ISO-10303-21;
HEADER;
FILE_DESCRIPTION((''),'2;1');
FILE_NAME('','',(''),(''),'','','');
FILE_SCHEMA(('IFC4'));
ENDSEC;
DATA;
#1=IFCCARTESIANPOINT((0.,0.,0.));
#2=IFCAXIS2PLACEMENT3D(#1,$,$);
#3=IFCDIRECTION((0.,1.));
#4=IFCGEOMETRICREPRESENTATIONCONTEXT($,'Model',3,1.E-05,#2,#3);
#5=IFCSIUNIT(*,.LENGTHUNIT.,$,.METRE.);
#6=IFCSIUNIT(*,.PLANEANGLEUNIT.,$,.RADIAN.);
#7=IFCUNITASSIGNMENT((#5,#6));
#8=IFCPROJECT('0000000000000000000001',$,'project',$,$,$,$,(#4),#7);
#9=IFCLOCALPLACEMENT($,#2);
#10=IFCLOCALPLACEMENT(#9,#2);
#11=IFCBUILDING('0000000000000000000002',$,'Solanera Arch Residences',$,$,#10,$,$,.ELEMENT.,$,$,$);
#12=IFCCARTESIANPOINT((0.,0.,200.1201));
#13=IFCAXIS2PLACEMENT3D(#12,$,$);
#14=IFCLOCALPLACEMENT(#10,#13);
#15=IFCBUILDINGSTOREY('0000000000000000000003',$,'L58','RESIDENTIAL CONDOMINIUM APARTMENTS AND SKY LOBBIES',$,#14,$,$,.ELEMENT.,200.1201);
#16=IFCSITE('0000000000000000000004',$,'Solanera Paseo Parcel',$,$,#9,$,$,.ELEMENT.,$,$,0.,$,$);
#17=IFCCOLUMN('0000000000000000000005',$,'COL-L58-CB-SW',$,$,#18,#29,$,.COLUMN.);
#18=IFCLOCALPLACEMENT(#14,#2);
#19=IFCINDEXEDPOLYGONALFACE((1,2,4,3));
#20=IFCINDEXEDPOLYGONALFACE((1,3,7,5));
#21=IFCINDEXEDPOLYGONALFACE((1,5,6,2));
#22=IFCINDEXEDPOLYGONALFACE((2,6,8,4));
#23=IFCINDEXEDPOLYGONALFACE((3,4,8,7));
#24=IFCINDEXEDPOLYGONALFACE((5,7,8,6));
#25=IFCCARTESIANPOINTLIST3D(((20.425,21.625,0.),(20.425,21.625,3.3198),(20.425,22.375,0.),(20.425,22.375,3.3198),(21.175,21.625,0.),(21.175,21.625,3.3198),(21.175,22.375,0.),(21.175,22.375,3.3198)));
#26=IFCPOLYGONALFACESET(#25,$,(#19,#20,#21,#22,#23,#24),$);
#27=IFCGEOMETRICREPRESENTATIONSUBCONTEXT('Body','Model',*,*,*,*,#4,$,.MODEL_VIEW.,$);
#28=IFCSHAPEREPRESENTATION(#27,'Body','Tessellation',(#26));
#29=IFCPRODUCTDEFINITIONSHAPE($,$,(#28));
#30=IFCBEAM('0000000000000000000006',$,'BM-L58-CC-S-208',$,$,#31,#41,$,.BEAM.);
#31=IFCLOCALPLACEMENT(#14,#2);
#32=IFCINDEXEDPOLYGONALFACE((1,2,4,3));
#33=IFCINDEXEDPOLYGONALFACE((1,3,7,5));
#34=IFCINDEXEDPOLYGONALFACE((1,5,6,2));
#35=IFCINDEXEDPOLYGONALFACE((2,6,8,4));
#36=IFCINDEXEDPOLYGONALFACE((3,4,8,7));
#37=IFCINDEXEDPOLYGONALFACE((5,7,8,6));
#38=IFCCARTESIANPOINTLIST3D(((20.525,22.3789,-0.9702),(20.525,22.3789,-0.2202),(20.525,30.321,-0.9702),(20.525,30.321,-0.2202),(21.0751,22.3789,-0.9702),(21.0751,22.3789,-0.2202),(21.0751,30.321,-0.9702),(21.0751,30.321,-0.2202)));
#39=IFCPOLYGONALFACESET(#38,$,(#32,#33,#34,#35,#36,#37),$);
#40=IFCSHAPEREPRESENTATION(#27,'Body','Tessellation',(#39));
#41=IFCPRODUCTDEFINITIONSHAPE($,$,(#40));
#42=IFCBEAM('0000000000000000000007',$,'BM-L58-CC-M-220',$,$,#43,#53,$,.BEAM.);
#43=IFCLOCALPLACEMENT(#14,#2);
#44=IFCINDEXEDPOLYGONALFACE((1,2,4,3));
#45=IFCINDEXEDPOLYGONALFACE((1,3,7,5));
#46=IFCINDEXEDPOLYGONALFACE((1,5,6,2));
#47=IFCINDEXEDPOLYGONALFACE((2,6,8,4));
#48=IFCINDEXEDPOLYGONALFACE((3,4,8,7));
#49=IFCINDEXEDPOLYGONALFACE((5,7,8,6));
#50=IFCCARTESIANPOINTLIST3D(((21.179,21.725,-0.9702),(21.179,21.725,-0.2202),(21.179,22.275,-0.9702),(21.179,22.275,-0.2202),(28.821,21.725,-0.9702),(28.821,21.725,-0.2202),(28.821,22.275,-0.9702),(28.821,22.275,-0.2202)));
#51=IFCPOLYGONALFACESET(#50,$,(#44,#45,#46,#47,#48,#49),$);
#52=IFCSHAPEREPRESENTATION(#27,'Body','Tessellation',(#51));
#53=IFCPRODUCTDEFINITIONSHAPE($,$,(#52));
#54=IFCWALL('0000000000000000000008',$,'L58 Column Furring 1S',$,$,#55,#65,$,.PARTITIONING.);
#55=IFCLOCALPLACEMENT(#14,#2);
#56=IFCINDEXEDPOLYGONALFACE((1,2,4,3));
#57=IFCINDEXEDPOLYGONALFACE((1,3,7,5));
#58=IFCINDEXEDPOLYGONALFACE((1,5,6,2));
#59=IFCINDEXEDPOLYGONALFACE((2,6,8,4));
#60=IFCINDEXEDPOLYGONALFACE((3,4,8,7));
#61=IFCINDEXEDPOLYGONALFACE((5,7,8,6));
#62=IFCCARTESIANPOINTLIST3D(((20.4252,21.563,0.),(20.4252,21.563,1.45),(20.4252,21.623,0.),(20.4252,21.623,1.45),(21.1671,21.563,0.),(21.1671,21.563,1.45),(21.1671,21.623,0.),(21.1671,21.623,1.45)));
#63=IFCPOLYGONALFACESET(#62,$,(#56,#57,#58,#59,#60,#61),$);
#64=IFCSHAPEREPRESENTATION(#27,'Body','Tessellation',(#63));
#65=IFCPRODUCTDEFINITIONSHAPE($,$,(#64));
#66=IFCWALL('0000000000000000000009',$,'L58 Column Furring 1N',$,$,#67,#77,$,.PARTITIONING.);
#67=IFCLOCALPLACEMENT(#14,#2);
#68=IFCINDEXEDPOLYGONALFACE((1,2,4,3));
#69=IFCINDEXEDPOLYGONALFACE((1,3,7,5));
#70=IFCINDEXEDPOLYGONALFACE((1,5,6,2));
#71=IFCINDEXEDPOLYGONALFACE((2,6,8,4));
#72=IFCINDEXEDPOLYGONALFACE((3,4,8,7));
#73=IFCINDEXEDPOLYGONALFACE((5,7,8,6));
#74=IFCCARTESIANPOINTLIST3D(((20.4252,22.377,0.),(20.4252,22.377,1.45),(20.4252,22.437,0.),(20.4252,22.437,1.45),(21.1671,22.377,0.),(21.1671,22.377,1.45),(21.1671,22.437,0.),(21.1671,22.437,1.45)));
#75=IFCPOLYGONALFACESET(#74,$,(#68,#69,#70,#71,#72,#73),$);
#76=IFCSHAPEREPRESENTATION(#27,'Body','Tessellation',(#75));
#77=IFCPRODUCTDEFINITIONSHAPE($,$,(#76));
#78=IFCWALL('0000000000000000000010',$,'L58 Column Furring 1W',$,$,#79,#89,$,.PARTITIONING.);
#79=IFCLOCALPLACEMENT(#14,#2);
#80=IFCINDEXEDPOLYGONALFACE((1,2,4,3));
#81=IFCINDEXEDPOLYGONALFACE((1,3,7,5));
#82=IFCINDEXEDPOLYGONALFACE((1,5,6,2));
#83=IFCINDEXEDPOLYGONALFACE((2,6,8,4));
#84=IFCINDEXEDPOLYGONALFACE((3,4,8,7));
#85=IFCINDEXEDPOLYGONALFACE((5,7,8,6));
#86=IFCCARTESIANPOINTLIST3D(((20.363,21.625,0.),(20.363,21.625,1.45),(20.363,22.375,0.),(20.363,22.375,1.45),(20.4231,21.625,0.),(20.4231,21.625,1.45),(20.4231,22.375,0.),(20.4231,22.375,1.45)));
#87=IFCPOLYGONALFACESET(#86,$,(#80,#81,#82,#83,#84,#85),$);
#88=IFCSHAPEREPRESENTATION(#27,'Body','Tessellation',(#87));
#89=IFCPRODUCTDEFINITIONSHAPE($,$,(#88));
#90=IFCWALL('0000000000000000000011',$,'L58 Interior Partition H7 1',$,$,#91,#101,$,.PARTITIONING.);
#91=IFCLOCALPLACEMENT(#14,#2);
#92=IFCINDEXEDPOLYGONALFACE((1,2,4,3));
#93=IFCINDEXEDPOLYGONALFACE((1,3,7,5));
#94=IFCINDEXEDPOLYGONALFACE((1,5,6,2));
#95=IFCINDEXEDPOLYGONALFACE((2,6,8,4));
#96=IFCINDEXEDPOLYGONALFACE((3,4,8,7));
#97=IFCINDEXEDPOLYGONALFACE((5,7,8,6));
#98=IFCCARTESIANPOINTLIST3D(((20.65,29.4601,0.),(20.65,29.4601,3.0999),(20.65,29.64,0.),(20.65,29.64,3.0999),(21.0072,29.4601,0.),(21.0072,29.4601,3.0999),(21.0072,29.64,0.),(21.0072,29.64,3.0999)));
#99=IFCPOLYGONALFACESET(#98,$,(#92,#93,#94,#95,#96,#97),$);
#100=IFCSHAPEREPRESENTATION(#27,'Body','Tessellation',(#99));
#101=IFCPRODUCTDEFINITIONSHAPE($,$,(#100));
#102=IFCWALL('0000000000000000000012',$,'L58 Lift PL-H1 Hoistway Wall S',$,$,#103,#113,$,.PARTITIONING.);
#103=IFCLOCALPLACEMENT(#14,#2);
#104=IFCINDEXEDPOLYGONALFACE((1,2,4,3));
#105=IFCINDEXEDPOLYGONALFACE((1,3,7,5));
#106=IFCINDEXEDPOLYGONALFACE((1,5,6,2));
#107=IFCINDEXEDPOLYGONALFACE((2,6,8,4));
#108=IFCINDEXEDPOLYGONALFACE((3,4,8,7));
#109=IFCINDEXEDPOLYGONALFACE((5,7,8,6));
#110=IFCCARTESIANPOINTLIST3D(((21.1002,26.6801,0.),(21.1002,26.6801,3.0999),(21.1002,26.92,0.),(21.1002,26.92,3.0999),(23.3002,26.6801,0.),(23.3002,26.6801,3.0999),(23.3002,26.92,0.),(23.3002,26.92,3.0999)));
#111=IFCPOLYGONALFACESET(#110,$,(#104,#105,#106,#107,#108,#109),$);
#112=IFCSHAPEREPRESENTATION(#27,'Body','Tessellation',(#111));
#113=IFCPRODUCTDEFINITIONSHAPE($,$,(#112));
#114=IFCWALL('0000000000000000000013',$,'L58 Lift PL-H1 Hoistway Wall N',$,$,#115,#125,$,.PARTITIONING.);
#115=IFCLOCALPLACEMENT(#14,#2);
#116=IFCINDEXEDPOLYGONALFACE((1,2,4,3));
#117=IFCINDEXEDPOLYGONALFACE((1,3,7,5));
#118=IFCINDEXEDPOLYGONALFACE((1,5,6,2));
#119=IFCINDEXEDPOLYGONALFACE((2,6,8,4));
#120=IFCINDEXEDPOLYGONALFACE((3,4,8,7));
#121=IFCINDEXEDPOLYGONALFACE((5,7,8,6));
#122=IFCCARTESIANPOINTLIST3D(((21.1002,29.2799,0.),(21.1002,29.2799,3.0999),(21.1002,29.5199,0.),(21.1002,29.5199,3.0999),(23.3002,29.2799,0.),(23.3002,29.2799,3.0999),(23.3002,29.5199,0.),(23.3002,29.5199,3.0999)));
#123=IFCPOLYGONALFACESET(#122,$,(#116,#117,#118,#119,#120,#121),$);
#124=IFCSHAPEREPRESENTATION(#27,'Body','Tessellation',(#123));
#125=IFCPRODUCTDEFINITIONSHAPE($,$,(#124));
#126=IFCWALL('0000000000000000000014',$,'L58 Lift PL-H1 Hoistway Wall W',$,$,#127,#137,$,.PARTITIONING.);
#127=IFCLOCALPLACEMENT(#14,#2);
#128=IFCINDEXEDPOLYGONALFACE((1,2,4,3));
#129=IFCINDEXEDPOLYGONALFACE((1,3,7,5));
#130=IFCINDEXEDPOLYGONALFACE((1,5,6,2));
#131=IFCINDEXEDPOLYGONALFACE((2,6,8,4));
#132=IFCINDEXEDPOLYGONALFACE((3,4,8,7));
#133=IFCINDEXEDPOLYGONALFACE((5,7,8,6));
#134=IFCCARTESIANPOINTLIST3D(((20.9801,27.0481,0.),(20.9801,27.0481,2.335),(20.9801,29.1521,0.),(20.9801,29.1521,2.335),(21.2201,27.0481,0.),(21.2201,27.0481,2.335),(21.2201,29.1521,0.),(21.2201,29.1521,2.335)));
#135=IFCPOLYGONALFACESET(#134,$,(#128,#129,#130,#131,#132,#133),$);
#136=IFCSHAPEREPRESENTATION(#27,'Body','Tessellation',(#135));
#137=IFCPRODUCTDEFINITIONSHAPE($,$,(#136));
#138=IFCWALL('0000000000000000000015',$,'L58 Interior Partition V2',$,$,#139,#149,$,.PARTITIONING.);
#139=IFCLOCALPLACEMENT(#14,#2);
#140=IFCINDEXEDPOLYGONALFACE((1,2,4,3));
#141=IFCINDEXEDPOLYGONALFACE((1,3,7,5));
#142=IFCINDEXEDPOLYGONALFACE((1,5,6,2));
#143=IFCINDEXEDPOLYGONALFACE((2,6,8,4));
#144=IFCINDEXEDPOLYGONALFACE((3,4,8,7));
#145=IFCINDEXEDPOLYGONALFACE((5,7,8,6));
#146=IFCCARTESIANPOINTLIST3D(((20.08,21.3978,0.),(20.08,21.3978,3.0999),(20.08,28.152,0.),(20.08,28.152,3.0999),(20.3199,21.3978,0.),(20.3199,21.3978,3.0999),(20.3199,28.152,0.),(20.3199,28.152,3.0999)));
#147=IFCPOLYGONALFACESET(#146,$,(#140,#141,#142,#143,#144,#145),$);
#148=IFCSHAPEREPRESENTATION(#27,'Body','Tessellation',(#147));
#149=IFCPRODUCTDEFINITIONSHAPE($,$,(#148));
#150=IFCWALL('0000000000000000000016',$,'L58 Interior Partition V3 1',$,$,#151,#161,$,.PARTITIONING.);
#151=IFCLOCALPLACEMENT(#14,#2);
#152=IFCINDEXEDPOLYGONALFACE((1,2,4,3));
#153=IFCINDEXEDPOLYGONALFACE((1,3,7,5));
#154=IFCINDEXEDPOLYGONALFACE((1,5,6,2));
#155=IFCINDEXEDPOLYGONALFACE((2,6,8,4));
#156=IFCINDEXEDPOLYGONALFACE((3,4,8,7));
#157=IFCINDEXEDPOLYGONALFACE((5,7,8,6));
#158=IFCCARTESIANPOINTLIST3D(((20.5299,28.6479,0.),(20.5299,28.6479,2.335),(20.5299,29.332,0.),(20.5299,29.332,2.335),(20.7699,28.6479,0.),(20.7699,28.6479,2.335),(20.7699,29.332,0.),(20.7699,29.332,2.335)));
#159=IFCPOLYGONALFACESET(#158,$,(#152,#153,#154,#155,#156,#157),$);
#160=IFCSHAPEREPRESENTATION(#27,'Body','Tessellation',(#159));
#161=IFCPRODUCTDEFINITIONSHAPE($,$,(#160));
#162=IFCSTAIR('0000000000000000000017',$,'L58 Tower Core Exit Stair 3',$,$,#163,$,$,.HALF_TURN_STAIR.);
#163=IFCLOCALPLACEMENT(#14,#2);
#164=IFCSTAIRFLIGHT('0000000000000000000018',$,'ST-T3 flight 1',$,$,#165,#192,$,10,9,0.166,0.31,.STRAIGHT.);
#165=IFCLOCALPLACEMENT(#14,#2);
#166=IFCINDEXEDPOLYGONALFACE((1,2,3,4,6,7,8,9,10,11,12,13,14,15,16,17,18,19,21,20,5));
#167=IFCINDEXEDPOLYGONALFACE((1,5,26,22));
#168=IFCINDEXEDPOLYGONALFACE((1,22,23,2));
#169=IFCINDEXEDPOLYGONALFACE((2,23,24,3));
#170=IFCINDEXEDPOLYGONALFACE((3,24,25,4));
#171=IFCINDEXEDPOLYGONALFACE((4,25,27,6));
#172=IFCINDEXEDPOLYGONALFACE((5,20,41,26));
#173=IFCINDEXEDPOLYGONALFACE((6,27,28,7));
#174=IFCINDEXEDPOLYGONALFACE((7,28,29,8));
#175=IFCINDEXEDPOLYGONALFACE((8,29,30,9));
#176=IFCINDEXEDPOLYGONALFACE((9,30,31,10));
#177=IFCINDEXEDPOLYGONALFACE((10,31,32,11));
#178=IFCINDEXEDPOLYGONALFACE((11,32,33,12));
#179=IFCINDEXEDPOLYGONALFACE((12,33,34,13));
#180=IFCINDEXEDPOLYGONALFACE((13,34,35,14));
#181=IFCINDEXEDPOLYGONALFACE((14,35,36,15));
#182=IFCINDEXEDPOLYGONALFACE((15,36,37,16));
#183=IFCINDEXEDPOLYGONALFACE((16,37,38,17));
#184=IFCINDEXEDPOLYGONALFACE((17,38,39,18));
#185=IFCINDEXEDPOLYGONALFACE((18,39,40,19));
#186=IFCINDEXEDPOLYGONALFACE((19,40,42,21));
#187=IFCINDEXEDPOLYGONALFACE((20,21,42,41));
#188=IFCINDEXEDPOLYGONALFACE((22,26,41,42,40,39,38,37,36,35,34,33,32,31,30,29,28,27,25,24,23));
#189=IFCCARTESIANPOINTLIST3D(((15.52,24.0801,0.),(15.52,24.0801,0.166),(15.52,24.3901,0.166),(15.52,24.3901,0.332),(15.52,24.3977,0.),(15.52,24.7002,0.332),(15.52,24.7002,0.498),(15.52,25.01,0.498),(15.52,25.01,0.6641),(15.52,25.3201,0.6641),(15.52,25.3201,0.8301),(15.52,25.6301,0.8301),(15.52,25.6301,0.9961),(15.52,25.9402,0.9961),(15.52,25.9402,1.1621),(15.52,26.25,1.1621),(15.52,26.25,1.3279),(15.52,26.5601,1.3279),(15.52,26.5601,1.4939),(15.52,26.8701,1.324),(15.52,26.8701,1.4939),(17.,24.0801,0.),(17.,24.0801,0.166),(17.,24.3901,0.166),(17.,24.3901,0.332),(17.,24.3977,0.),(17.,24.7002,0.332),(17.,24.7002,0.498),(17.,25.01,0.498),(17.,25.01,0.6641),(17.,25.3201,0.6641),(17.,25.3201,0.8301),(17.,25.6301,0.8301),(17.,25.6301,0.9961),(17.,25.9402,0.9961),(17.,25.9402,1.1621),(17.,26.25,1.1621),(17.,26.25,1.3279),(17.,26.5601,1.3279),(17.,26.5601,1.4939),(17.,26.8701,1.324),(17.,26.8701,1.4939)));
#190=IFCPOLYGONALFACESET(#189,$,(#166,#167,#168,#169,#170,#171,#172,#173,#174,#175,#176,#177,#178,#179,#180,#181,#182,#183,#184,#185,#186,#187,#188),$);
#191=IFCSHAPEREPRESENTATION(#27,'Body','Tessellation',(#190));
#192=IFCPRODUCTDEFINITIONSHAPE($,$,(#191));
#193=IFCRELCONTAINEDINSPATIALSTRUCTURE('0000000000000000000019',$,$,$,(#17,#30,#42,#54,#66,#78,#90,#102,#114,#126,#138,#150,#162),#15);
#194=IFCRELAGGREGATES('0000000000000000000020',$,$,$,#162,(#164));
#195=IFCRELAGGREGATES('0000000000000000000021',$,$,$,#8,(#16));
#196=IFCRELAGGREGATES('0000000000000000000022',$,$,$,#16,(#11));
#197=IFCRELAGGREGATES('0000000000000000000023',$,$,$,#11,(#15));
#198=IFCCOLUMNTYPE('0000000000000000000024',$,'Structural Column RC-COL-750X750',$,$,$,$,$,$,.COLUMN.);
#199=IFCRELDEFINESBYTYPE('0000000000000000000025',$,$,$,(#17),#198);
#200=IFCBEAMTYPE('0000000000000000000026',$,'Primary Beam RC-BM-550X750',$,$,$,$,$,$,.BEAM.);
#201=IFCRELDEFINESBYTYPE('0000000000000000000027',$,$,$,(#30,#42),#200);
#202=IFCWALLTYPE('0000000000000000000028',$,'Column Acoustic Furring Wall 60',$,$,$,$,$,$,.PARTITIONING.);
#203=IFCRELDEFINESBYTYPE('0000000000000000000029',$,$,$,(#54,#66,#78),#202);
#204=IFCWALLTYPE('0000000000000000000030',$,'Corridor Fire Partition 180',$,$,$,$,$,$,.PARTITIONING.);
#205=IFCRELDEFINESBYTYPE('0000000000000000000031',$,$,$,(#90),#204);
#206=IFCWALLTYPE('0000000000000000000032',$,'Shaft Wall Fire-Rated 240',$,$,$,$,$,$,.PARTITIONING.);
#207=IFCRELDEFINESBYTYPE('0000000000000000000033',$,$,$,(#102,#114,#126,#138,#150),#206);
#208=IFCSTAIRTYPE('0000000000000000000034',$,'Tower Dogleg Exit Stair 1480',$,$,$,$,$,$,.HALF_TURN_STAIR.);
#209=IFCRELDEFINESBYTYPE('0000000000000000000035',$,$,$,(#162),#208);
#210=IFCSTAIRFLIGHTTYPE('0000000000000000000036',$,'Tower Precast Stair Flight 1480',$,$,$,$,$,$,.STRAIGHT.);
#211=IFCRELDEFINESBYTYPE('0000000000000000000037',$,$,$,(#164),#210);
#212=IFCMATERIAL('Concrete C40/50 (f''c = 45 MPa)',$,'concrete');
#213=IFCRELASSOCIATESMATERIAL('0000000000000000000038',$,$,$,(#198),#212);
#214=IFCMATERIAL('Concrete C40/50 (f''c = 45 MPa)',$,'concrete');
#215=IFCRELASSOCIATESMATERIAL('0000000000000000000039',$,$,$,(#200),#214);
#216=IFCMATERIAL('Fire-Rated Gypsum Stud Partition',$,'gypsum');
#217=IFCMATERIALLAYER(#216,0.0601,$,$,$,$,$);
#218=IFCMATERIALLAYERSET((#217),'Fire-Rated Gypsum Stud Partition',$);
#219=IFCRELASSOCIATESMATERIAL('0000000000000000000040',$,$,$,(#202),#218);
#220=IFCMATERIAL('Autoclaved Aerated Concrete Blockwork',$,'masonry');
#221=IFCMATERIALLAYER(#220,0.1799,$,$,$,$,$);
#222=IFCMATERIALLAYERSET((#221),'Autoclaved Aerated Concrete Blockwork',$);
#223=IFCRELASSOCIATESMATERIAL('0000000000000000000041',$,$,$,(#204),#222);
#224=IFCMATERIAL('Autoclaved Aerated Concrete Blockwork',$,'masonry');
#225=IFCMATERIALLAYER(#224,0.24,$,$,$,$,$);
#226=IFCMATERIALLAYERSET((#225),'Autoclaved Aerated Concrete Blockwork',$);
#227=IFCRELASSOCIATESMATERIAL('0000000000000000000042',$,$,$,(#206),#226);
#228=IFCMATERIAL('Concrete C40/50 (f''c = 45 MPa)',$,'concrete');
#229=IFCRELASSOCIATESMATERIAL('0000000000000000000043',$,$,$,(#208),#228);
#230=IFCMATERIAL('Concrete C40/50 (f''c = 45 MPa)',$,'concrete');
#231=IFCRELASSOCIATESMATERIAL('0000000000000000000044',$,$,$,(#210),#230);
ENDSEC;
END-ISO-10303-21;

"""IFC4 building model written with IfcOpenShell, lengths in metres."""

from ifc_helpers import new_model, si_unit, direction, frame, frame_2d, origin, origin_2d, place, context, subcontext, project, spatial, polyline, rectangle, outline, extrude, material, layer, layer_set, material_profile, profile_set, type_object, element, aggregate, save


model = new_model("IFC4")

# Units and contexts
model_context = context("Model", 3, precision=1e-05, world=origin(), true_north=direction((0.0, 1.0)))
body_context = subcontext(model_context, "Body", "Model", "MODEL_VIEW")
ifc_project = project(units=[si_unit("LENGTHUNIT", "METRE"), si_unit("PLANEANGLEUNIT", "RADIAN")], contexts=[model_context])

# Site, building, storey
site_placement = place(None, origin())
site = spatial("IfcSite", under=ifc_project, at=site_placement, Name="Solanera Paseo Parcel", CompositionType="ELEMENT", RefElevation=0.0)
building_placement = place(site_placement, origin())
building = spatial("IfcBuilding", under=site, at=building_placement, Name="Solanera Arch Residences", CompositionType="ELEMENT")
storey_placement = place(building_placement, frame((0.0, 0.0, 200.1201)))
storey = spatial("IfcBuildingStorey", under=building, at=storey_placement, Name="L58", Description="RESIDENTIAL CONDOMINIUM APARTMENTS AND SKY LOBBIES", CompositionType="ELEMENT", Elevation=200.1201)

# Column
ifc_material_1 = material(Name="Concrete C40/50 (f'c = 45 MPa)", Category="concrete")
ifc_material_profile_1 = material_profile(ifc_material_1, rectangle(XDim=0.75, YDim=0.75, at=origin_2d()))
ifc_profile_set_1 = profile_set([ifc_material_profile_1], Name="Concrete C40/50 (f'c = 45 MPa)")
column_type = type_object("IfcColumnType", Name="Structural Column RC-COL-750X750", PredefinedType="COLUMN", material=ifc_profile_set_1)
column_placement = place(storey_placement, frame((20.8, 22.0, 0.0), z_axis=(0.0, 0.0, 1.0), x_axis=(1.0, 0.0, 0.0)))
element("IfcColumn", 1, at=column_placement, inside=storey, type_object=column_type, Name="COL-L58-CB-SW", PredefinedType="COLUMN", context=body_context, shape_type="SweptSolid", body=[
    extrude(rectangle(XDim=0.75, YDim=0.75, at=origin_2d()), origin(), (0.0, 0.0, 1.0), 3.3198),
])

# Beams
ifc_material_2 = material(Name="Concrete C40/50 (f'c = 45 MPa)", Category="concrete")
ifc_material_profile_2 = material_profile(ifc_material_2, rectangle(XDim=0.55, YDim=0.75, at=origin_2d()))
ifc_profile_set_2 = profile_set([ifc_material_profile_2], Name="Concrete C40/50 (f'c = 45 MPa)")
beam_type = type_object("IfcBeamType", Name="Primary Beam RC-BM-550X750", PredefinedType="BEAM", material=ifc_profile_set_2)
beam_1_placement = place(storey_placement, frame((20.8, 22.3789, -0.5952), z_axis=(0.0, 1.0, 0.0), x_axis=(-1.0, 0.0, 0.0)))
element("IfcBeam", 2, at=beam_1_placement, inside=storey, type_object=beam_type, Name="BM-L58-CC-S-208", PredefinedType="BEAM", context=body_context, shape_type="SweptSolid", body=[
    extrude(rectangle(XDim=0.55, YDim=0.75, at=origin_2d()), origin(), (0.0, 0.0, 1.0), 7.9421),
])
beam_2_placement = place(storey_placement, frame((21.179, 22.0, -0.5952), z_axis=(1.0, 0.0, 0.0), x_axis=(0.0, 1.0, 0.0)))
element("IfcBeam", 3, at=beam_2_placement, inside=storey, type_object=beam_type, Name="BM-L58-CC-M-220", PredefinedType="BEAM", context=body_context, shape_type="SweptSolid", body=[
    extrude(rectangle(XDim=0.55, YDim=0.75, at=origin_2d()), origin(), (0.0, 0.0, 1.0), 7.6421),
])

# Walls
ifc_material_3 = material(Name="Fire-Rated Gypsum Stud Partition", Category="gypsum")
ifc_layer_1 = layer(ifc_material_3, 0.0601)
ifc_layer_set_1 = layer_set([ifc_layer_1], Name="Fire-Rated Gypsum Stud Partition")
wall_type_1 = type_object("IfcWallType", Name="Column Acoustic Furring Wall 60", PredefinedType="PARTITIONING", material=ifc_layer_set_1)
for number, where, z_axis, x_axis, name in (
    (4, (20.425, 21.593, 0.0), (0.0, 0.0, 1.0), (1.0, 0.0, 0.0), "L58 Column Furring 1S"),
    (5, (20.425, 22.407, 0.0), (0.0, 0.0, 1.0), (1.0, 0.0, 0.0), "L58 Column Furring 1N"),
):
    element("IfcWall", number, at=place(storey_placement, frame(where, z_axis=z_axis, x_axis=x_axis)), inside=storey, type_object=wall_type_1, Name=name, PredefinedType="PARTITIONING", context=body_context, shape_type="SweptSolid", body=[
        extrude(rectangle(XDim=0.7419, YDim=0.0601, at=frame_2d((0.3711, 0.0))), origin(), (0.0, 0.0, 1.0), 1.45),
    ])
wall_1_placement = place(storey_placement, frame((20.3931, 21.625, 0.0), z_axis=(0.0, 0.0, 1.0), x_axis=(0.0, 1.0, 0.0)))
element("IfcWall", 6, at=wall_1_placement, inside=storey, type_object=wall_type_1, Name="L58 Column Furring 1W", PredefinedType="PARTITIONING", context=body_context, shape_type="SweptSolid", body=[
    extrude(rectangle(XDim=0.75, YDim=0.0601, at=frame_2d((0.375, 0.0))), origin(), (0.0, 0.0, 1.0), 1.45),
])

# Walls
ifc_material_4 = material(Name="Autoclaved Aerated Concrete Blockwork", Category="masonry")
ifc_layer_2 = layer(ifc_material_4, 0.1799)
ifc_layer_set_2 = layer_set([ifc_layer_2], Name="Autoclaved Aerated Concrete Blockwork")
wall_type_2 = type_object("IfcWallType", Name="Corridor Fire Partition 180", PredefinedType="PARTITIONING", material=ifc_layer_set_2)
wall_2_placement = place(storey_placement, frame((20.6499, 29.55, 0.0), z_axis=(0.0, 0.0, 1.0), x_axis=(1.0, 0.0, 0.0)))
element("IfcWall", 7, at=wall_2_placement, inside=storey, type_object=wall_type_2, Name="L58 Interior Partition H7 1", PredefinedType="PARTITIONING", context=body_context, shape_type="SweptSolid", body=[
    extrude(rectangle(XDim=0.3572, YDim=0.1799, at=frame_2d((0.1787, 0.0))), origin(), (0.0, 0.0, 1.0), 3.0999),
])
ifc_material_5 = material(Name="Autoclaved Aerated Concrete Blockwork", Category="masonry")
ifc_layer_3 = layer(ifc_material_5, 0.24)
ifc_layer_set_3 = layer_set([ifc_layer_3], Name="Autoclaved Aerated Concrete Blockwork")
wall_type_3 = type_object("IfcWallType", Name="Shaft Wall Fire-Rated 240", PredefinedType="PARTITIONING", material=ifc_layer_set_3)
for number, where, z_axis, x_axis, name in (
    (8, (21.1001, 26.8, 0.0), (0.0, 0.0, 1.0), (1.0, 0.0, 0.0), "L58 Lift PL-H1 Hoistway Wall S"),
    (9, (21.1001, 29.3999, 0.0), (0.0, 0.0, 1.0), (1.0, 0.0, 0.0), "L58 Lift PL-H1 Hoistway Wall N"),
):
    element("IfcWall", number, at=place(storey_placement, frame(where, z_axis=z_axis, x_axis=x_axis)), inside=storey, type_object=wall_type_3, Name=name, PredefinedType="PARTITIONING", context=body_context, shape_type="SweptSolid", body=[
        extrude(rectangle(XDim=2.2, YDim=0.24, at=frame_2d((1.1001, 0.0))), origin(), (0.0, 0.0, 1.0), 3.0999),
    ])
wall_3_placement = place(storey_placement, frame((21.1001, 27.0481, 0.0), z_axis=(0.0, 0.0, 1.0), x_axis=(0.0, 1.0, 0.0)))
element("IfcWall", 10, at=wall_3_placement, inside=storey, type_object=wall_type_3, Name="L58 Lift PL-H1 Hoistway Wall W", PredefinedType="PARTITIONING", context=body_context, shape_type="SweptSolid", body=[
    extrude(rectangle(XDim=2.104, YDim=0.24, at=frame_2d((1.052, 0.0))), origin(), (0.0, 0.0, 1.0), 2.335),
])

# Walls
wall_4_placement = place(storey_placement, frame((20.2, 21.3979, 0.0), z_axis=(0.0, 0.0, 1.0), x_axis=(0.0, 1.0, 0.0)))
element("IfcWall", 11, at=wall_4_placement, inside=storey, type_object=wall_type_3, Name="L58 Interior Partition V2", PredefinedType="PARTITIONING", context=body_context, shape_type="SweptSolid", body=[
    extrude(rectangle(XDim=6.7542, YDim=0.24, at=frame_2d((3.377, 0.0))), origin(), (0.0, 0.0, 1.0), 3.0999),
])
wall_5_placement = place(storey_placement, frame((20.6499, 28.6479, 0.0), z_axis=(0.0, 0.0, 1.0), x_axis=(0.0, 1.0, 0.0)))
element("IfcWall", 12, at=wall_5_placement, inside=storey, type_object=wall_type_3, Name="L58 Interior Partition V3 1", PredefinedType="PARTITIONING", context=body_context, shape_type="SweptSolid", body=[
    extrude(rectangle(XDim=0.6841, YDim=0.24, at=frame_2d((0.342, 0.0))), origin(), (0.0, 0.0, 1.0), 2.335),
])

# Stair, stair flight
ifc_material_6 = material(Name="Concrete C40/50 (f'c = 45 MPa)", Category="concrete")
stair_type = type_object("IfcStairType", Name="Tower Dogleg Exit Stair 1480", PredefinedType="HALF_TURN_STAIR", material=ifc_material_6)
stair_placement = place(storey_placement, origin())
stair = element("IfcStair", 13, at=stair_placement, inside=storey, type_object=stair_type, Name="L58 Tower Core Exit Stair 3", PredefinedType="HALF_TURN_STAIR")
ifc_material_7 = material(Name="Concrete C40/50 (f'c = 45 MPa)", Category="concrete")
stair_flight_type = type_object("IfcStairFlightType", Name="Tower Precast Stair Flight 1480", PredefinedType="STRAIGHT", material=ifc_material_7)
stair_flight_placement = place(storey_placement, frame((16.26, 24.0801, 0.0), z_axis=(0.0, 0.0, 1.0), x_axis=(0.0, 1.0, 0.0)))
stair_flight = element("IfcStairFlight", 14, at=stair_flight_placement, type_object=stair_flight_type, Name="ST-T3 flight 1", NumberOfRisers=10, NumberOfTreads=9, PredefinedType="STRAIGHT", RiserHeight=0.166, TreadLength=0.31, context=body_context, shape_type="SweptSolid", body=[
    extrude(outline(polyline([(0.0, 0.0), (0.0, 0.166), (0.3101, 0.166), (0.3101, 0.332), (0.6201, 0.332), (0.6201, 0.498), (0.9299, 0.498), (0.9299, 0.6641), (1.24, 0.6641), (1.24, 0.8301), (1.55, 0.8301), (1.55, 0.9961), (1.8601, 0.9961), (1.8601, 1.1621), (2.1699, 1.1621), (2.1699, 1.3279), (2.48, 1.3279), (2.48, 1.4939), (2.79, 1.4939), (2.79, 1.6599), (2.79, 1.324), (0.3176, 0.0), (0.0, 0.0)])), frame((0.0, 0.74, 0.0), z_axis=(0.0, -1.0, 0.0), x_axis=(1.0, 0.0, 0.0)), (0.0, 0.0, 1.0), 1.48),
])
aggregate(stair, [stair_flight])

save(model, "model.ifc")
